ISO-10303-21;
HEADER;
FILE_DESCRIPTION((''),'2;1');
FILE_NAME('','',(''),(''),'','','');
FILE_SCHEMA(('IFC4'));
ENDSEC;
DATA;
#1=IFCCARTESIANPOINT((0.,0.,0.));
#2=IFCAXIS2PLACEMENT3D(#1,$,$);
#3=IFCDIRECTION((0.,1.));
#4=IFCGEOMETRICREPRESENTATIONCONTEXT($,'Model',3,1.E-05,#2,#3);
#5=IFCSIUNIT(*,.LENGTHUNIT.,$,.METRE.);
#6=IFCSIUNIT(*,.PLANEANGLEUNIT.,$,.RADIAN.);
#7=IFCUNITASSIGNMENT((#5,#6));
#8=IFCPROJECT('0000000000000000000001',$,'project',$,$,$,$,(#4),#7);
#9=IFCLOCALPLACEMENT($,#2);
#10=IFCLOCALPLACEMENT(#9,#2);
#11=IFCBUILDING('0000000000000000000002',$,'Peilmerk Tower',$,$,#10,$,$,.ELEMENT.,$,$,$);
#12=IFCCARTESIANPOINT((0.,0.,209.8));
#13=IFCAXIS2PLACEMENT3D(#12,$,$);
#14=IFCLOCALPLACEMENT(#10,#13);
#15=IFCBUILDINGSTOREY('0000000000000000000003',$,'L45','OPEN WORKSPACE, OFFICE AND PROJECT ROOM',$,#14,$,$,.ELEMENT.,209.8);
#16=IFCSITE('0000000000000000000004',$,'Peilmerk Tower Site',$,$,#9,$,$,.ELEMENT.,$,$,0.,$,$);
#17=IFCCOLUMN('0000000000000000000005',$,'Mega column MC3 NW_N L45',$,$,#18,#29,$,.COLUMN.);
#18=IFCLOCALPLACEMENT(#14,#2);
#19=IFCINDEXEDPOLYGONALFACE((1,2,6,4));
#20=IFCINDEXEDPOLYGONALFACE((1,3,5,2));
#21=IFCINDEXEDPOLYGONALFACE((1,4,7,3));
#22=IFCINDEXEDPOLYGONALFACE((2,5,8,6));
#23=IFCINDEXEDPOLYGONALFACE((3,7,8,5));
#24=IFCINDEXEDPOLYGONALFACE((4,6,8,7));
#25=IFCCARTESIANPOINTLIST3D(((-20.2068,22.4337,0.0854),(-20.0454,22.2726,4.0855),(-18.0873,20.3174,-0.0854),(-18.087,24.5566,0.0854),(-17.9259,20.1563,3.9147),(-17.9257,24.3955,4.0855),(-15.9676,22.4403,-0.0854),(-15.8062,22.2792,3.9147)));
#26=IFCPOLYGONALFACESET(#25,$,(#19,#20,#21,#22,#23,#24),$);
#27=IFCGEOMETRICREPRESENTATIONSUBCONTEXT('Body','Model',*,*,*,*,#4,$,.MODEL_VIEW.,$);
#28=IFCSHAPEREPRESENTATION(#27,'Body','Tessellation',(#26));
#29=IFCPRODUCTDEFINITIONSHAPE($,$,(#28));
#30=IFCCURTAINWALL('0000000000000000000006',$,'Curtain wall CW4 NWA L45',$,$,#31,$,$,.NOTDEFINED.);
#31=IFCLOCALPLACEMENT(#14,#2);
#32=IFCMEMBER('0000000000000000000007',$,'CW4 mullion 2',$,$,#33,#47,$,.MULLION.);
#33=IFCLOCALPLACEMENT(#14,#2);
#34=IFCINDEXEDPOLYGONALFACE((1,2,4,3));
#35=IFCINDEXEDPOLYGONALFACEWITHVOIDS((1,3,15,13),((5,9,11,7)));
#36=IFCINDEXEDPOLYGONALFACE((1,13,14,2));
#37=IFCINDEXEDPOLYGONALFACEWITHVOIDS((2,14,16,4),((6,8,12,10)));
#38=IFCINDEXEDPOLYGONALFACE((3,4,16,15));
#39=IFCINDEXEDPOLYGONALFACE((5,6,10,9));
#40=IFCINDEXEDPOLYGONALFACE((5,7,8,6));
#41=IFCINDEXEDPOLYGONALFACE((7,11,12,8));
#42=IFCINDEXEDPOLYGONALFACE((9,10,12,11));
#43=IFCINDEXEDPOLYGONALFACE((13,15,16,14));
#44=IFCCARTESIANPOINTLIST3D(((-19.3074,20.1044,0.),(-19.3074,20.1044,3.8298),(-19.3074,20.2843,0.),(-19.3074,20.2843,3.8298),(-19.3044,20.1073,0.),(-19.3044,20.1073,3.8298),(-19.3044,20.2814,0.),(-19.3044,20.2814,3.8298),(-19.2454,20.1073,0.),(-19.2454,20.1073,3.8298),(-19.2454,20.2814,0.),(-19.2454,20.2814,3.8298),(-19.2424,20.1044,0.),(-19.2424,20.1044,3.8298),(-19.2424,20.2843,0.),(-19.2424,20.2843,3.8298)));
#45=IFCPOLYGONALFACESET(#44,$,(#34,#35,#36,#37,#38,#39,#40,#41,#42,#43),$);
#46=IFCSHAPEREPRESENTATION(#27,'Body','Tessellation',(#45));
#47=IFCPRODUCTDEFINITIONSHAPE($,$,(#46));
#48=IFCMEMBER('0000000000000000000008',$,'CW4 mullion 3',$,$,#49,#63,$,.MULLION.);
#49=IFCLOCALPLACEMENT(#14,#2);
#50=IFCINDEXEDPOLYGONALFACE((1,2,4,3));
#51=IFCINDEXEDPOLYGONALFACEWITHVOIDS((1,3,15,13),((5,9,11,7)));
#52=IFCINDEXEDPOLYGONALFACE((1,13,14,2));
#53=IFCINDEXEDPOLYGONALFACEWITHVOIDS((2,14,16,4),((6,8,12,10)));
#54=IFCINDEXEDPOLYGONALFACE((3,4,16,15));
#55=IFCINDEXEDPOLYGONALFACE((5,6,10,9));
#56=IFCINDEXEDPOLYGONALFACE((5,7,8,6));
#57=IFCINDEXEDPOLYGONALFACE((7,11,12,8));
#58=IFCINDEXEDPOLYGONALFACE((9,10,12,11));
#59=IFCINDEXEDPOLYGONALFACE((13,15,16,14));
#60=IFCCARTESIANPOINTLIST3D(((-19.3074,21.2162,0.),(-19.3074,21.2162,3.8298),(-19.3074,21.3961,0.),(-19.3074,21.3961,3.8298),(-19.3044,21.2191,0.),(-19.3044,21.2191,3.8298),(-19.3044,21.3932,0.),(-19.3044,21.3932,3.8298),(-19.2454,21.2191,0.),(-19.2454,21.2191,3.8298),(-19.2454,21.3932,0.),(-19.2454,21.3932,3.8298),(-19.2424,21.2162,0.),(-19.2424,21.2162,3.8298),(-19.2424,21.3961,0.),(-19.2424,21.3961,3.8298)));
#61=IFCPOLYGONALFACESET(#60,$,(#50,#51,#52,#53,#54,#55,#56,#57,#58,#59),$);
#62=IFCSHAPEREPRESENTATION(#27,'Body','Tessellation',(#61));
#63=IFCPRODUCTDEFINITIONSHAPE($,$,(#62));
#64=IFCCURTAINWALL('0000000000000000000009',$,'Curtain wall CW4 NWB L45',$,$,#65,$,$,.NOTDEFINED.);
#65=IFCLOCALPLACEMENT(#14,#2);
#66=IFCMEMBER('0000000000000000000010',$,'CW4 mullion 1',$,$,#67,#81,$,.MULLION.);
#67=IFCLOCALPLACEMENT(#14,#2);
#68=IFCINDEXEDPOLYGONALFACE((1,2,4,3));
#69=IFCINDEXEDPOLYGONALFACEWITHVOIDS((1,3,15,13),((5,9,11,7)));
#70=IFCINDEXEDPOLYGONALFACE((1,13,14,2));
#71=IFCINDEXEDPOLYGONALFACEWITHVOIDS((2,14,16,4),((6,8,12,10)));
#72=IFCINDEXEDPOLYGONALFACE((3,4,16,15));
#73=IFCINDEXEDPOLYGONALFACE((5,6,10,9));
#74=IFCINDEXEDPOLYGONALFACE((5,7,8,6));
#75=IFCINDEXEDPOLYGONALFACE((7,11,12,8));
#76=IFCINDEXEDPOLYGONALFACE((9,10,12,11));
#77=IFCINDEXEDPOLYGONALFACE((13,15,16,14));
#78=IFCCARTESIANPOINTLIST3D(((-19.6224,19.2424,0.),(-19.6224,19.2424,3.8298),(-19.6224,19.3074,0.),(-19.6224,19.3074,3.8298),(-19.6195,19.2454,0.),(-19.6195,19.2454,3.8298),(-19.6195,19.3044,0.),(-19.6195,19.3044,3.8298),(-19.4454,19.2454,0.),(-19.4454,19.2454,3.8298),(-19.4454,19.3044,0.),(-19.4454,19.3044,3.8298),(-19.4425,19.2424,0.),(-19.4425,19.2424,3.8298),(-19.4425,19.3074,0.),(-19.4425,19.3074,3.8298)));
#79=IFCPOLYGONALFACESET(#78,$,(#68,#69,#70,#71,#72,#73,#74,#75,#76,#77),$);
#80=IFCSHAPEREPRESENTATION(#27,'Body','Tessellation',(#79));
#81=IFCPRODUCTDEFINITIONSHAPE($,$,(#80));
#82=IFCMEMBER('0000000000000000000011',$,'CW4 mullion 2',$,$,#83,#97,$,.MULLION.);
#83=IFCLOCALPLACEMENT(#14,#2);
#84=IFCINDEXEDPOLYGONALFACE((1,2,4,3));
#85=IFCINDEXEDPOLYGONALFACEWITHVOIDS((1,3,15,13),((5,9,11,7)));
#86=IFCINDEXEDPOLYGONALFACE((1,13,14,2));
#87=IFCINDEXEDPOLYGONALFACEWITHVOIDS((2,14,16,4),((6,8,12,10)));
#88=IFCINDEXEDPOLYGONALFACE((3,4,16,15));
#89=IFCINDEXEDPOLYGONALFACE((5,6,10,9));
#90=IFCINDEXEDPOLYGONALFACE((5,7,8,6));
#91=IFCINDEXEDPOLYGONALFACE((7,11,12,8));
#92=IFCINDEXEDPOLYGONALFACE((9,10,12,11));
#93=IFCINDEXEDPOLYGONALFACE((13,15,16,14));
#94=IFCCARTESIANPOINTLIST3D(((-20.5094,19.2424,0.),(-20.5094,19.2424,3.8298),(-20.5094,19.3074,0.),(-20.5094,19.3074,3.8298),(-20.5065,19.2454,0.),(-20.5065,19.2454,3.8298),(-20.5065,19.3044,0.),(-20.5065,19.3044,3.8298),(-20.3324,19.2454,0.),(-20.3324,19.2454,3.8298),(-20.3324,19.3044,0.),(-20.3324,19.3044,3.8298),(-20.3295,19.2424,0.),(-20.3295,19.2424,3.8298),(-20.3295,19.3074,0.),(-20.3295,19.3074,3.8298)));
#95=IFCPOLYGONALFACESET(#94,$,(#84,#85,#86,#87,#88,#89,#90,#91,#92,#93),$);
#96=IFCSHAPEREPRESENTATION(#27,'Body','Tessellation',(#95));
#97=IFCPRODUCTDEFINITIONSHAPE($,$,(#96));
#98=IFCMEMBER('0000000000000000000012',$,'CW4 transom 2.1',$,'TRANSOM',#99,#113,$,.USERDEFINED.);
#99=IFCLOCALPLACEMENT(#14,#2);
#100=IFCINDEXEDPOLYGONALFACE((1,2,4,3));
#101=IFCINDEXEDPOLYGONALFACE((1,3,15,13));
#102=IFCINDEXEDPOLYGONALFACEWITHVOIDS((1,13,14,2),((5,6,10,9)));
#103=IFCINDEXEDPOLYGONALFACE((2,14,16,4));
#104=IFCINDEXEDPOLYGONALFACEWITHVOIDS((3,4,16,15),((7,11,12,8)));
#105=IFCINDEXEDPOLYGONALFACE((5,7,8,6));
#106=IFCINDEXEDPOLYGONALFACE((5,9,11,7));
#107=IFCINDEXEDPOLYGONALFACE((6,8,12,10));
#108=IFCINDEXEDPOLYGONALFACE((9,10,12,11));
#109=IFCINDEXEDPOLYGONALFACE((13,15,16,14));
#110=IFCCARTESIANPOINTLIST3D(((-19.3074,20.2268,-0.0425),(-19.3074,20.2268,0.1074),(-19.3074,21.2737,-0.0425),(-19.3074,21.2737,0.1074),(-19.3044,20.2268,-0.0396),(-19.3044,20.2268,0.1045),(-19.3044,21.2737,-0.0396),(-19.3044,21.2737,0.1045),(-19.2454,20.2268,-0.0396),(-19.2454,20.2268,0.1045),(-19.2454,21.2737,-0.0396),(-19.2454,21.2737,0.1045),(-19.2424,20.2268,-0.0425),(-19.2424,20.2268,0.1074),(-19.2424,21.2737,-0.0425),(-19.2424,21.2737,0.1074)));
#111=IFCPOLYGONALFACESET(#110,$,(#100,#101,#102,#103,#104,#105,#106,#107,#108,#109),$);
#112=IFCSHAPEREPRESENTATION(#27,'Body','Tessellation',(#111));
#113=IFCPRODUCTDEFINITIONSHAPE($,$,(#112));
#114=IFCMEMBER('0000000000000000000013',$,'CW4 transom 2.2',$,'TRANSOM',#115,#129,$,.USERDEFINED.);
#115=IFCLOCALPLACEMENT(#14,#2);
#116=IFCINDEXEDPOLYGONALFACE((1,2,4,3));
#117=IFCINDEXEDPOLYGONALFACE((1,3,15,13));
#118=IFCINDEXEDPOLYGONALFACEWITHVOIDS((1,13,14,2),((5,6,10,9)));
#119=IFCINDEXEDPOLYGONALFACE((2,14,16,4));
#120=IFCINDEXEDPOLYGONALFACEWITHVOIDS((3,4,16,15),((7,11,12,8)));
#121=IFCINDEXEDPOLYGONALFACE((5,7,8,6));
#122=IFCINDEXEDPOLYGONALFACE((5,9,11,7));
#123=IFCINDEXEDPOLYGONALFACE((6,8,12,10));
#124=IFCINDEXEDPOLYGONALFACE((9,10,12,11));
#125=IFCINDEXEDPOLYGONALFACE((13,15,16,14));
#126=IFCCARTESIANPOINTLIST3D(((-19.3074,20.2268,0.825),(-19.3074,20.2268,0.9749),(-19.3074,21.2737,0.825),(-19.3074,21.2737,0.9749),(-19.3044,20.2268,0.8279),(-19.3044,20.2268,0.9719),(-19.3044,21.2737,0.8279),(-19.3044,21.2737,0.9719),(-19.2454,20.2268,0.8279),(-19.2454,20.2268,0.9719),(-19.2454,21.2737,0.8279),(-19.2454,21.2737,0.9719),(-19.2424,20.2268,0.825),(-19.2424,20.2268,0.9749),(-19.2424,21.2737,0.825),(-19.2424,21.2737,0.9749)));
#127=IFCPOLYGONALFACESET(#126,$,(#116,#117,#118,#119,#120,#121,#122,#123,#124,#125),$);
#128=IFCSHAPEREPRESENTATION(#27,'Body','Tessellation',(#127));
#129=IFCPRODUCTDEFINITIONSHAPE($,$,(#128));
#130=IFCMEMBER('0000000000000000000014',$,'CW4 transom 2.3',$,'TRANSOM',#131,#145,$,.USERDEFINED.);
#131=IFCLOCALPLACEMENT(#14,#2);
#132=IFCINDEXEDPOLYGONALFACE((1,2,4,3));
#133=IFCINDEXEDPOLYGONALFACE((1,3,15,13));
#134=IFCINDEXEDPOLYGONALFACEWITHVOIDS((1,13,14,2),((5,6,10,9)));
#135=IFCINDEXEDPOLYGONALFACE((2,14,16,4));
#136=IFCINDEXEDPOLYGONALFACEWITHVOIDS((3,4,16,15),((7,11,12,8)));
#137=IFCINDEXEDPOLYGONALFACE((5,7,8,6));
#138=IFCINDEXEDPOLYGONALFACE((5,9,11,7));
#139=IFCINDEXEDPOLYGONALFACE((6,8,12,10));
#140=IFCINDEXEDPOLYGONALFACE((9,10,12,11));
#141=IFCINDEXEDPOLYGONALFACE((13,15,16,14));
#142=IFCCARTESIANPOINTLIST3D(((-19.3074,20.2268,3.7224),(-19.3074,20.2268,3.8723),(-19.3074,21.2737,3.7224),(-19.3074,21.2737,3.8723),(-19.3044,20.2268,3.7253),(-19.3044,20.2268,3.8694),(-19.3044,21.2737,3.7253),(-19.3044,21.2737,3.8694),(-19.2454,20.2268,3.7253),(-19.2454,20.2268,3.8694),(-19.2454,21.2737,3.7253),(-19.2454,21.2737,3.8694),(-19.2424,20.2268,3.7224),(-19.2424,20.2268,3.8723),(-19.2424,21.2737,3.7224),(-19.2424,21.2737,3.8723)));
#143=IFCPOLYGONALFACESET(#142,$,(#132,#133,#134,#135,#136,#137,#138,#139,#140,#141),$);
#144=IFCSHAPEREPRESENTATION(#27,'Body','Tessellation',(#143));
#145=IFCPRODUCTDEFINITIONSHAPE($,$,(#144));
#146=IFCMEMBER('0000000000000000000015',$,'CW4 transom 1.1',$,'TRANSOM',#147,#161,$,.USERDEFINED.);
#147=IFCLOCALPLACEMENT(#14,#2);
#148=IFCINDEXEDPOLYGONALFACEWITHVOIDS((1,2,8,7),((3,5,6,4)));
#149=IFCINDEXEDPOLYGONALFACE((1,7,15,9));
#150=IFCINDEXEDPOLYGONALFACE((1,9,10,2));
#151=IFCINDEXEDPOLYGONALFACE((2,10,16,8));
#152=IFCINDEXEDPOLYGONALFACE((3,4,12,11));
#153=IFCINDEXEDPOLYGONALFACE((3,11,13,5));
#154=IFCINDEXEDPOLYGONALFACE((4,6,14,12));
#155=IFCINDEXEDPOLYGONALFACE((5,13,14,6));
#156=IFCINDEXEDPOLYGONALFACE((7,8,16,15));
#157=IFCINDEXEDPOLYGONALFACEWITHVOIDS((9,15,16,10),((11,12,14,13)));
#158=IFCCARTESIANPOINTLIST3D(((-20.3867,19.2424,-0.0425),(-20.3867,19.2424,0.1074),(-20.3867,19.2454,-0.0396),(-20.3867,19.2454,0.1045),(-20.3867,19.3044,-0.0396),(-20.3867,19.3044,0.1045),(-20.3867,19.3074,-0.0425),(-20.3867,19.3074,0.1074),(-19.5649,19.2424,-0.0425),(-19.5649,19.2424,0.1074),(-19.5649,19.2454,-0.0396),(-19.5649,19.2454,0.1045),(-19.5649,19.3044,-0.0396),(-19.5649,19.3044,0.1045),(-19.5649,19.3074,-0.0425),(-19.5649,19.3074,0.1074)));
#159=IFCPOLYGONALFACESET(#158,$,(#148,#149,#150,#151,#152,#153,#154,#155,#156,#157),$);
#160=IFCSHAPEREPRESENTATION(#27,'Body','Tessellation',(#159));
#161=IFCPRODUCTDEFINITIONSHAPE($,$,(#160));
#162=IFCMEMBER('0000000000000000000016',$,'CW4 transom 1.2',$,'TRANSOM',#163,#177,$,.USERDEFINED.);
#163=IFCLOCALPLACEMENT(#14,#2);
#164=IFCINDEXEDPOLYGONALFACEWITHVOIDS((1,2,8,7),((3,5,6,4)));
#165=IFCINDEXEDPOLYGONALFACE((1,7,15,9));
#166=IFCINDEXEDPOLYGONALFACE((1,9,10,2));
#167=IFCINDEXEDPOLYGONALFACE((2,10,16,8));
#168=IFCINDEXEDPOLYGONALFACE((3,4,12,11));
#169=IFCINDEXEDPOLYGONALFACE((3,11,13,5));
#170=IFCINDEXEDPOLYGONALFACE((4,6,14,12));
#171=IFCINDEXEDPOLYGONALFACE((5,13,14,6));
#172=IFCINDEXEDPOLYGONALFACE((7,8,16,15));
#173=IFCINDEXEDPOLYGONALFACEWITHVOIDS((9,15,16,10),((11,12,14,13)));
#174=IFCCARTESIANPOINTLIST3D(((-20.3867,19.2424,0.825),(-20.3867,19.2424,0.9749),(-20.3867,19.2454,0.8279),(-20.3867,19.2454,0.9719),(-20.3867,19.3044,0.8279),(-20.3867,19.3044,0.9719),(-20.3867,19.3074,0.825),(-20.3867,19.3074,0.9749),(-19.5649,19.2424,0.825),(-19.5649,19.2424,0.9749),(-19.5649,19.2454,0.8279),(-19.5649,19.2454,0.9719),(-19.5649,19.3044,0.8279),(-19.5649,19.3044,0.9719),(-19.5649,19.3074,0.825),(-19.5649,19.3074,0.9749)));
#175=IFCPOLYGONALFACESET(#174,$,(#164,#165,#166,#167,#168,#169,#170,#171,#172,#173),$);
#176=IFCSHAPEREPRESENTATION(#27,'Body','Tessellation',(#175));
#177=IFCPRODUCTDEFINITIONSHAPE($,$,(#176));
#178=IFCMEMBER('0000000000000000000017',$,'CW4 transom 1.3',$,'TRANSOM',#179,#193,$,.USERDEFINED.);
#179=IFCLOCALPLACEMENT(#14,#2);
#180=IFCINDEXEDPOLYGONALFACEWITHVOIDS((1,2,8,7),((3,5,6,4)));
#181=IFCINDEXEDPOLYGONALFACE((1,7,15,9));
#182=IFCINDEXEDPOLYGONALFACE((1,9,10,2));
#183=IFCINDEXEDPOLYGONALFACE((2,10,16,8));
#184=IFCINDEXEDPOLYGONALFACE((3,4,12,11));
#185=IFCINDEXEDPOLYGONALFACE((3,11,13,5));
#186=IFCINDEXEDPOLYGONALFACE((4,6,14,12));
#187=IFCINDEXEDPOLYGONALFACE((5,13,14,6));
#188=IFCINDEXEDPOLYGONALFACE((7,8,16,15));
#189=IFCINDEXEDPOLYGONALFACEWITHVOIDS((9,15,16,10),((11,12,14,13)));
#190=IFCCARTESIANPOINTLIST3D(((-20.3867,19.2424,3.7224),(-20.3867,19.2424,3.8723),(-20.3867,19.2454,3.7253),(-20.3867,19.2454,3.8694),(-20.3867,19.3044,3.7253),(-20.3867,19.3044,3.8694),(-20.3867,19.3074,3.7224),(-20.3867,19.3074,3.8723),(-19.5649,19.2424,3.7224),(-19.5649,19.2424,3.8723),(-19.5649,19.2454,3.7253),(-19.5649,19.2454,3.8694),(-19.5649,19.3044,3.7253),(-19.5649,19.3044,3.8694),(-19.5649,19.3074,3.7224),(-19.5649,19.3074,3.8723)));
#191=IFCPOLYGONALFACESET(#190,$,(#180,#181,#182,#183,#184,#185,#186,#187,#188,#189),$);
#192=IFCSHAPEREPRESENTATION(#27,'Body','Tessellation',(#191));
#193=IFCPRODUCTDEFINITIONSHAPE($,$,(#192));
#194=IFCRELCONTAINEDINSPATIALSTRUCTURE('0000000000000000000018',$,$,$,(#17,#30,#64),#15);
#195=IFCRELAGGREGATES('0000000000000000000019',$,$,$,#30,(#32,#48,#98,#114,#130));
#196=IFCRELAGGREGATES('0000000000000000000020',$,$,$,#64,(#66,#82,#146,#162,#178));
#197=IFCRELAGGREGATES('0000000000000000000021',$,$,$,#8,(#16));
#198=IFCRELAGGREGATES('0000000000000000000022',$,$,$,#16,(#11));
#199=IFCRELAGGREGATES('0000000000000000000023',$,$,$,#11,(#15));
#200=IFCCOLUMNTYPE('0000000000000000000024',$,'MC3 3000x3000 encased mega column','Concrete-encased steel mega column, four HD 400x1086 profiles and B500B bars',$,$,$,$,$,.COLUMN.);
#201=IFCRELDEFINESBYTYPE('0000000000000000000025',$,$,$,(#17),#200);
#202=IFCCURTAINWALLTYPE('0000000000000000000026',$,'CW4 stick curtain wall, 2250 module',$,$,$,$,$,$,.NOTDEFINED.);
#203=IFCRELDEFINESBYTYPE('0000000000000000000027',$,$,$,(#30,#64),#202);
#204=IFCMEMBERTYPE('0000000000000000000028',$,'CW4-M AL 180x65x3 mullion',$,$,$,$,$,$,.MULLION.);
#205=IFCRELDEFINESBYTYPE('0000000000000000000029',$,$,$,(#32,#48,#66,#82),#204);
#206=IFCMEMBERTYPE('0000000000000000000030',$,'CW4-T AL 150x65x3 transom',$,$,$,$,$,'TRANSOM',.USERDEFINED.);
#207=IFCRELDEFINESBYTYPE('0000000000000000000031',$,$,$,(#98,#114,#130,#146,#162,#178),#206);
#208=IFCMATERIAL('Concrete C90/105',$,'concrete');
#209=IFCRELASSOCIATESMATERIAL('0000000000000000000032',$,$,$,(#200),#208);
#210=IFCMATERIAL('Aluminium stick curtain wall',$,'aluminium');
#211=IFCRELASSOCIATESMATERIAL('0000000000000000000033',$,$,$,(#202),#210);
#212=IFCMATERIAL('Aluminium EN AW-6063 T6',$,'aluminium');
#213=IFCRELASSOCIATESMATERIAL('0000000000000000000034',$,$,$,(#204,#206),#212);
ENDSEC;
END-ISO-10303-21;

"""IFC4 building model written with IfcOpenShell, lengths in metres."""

from ifc_helpers import new_model, si_unit, direction, frame, origin, origin_2d, place, context, subcontext, project, spatial, rectangle, hollow_rectangle, extrude, material, material_profile, profile_set, type_object, element, aggregate, save


model = new_model("IFC4")

# Units and contexts
model_context = context("Model", 3, precision=1e-05, world=origin(), true_north=direction((0.0, 1.0)))
body_context = subcontext(model_context, "Body", "Model", "MODEL_VIEW")
ifc_project = project(units=[si_unit("LENGTHUNIT", "METRE"), si_unit("PLANEANGLEUNIT", "RADIAN")], contexts=[model_context])

# Site, building, storey
site_placement = place(None, origin())
site = spatial("IfcSite", under=ifc_project, at=site_placement, Name="Peilmerk Tower Site", CompositionType="ELEMENT", RefElevation=0.0)
building_placement = place(site_placement, origin())
building = spatial("IfcBuilding", under=site, at=building_placement, Name="Peilmerk Tower", CompositionType="ELEMENT")
storey_placement = place(building_placement, frame((0.0, 0.0, 209.8)))
storey = spatial("IfcBuildingStorey", under=building, at=storey_placement, Name="L45", Description="OPEN WORKSPACE, OFFICE AND PROJECT ROOM", CompositionType="ELEMENT", Elevation=209.8)

# Column
ifc_material_1 = material(Name="Concrete C90/105", Category="concrete")
ifc_material_profile_1 = material_profile(ifc_material_1, rectangle(XDim=3.0, YDim=3.0, at=origin_2d()), Name="RC 3000x3000")
ifc_profile_set_1 = profile_set([ifc_material_profile_1], Name="Concrete C90/105")
column_type = type_object("IfcColumnType", Name="MC3 3000x3000 encased mega column", Description="Concrete-encased steel mega column, four HD 400x1086 profiles and B500B bars", PredefinedType="COLUMN", material=ifc_profile_set_1)
column_placement = place(storey_placement, frame((-18.0872, 22.437, 0.0), z_axis=(0.040279, -0.040218, 0.998379), x_axis=(0.706571, 0.707642, 0.0)))
element("IfcColumn", 1, at=column_placement, inside=storey, type_object=column_type, Name="Mega column MC3 NW_N L45", PredefinedType="COLUMN", context=body_context, shape_type="SweptSolid", body=[
    extrude(rectangle(XDim=3.0, YDim=3.0, at=origin_2d()), origin(), (0.0, 0.0, 1.0), 4.0066),
])

# Curtain walls, members
ifc_material_2 = material(Name="Aluminium stick curtain wall", Category="aluminium")
curtain_wall_type = type_object("IfcCurtainWallType", Name="CW4 stick curtain wall, 2250 module", PredefinedType="NOTDEFINED", material=ifc_material_2)
curtain_wall_1_placement = place(storey_placement, origin())
curtain_wall_1 = element("IfcCurtainWall", 2, at=curtain_wall_1_placement, inside=storey, type_object=curtain_wall_type, Name="Curtain wall CW4 NWA L45", PredefinedType="NOTDEFINED")
ifc_material_3 = material(Name="Aluminium EN AW-6063 T6", Category="aluminium")
ifc_material_profile_2 = material_profile(ifc_material_3, hollow_rectangle(XDim=0.0649, YDim=0.1799, WallThickness=0.0029, at=origin_2d()), Name="AL 180x65x3")
ifc_profile_set_2 = profile_set([ifc_material_profile_2], Name="Aluminium EN AW-6063 T6")
member_type_1 = type_object("IfcMemberType", Name="CW4-M AL 180x65x3 mullion", PredefinedType="MULLION", material=ifc_profile_set_2)
member_1_placement = place(storey_placement, frame((-19.2749, 20.1943, 0.0), z_axis=(0.0, 0.0, 1.0), x_axis=(-1.0, 0.0, 0.0)))
member_1 = element("IfcMember", 3, at=member_1_placement, type_object=member_type_1, Name="CW4 mullion 2", PredefinedType="MULLION", context=body_context, shape_type="SweptSolid", body=[
    extrude(hollow_rectangle(XDim=0.0649, YDim=0.1799, WallThickness=0.0029, at=origin_2d()), origin(), (0.0, 0.0, 1.0), 3.8298),
])
member_2_placement = place(storey_placement, frame((-19.2749, 21.3062, 0.0), z_axis=(0.0, 0.0, 1.0), x_axis=(-1.0, 0.0, 0.0)))
member_2 = element("IfcMember", 4, at=member_2_placement, type_object=member_type_1, Name="CW4 mullion 3", PredefinedType="MULLION", context=body_context, shape_type="SweptSolid", body=[
    extrude(hollow_rectangle(XDim=0.0649, YDim=0.1799, WallThickness=0.0029, at=origin_2d()), origin(), (0.0, 0.0, 1.0), 3.8298),
])
curtain_wall_2_placement = place(storey_placement, origin())
curtain_wall_2 = element("IfcCurtainWall", 5, at=curtain_wall_2_placement, inside=storey, type_object=curtain_wall_type, Name="Curtain wall CW4 NWB L45", PredefinedType="NOTDEFINED")
member_3_placement = place(storey_placement, frame((-19.5325, 19.2749, 0.0), z_axis=(0.0, 0.0, 1.0), x_axis=(0.0, -1.0, 0.0)))
member_3 = element("IfcMember", 6, at=member_3_placement, type_object=member_type_1, Name="CW4 mullion 1", PredefinedType="MULLION", context=body_context, shape_type="SweptSolid", body=[
    extrude(hollow_rectangle(XDim=0.0649, YDim=0.1799, WallThickness=0.0029, at=origin_2d()), origin(), (0.0, 0.0, 1.0), 3.8298),
])
member_4_placement = place(storey_placement, frame((-20.4194, 19.2749, 0.0), z_axis=(0.0, 0.0, 1.0), x_axis=(0.0, -1.0, 0.0)))
member_4 = element("IfcMember", 7, at=member_4_placement, type_object=member_type_1, Name="CW4 mullion 2", PredefinedType="MULLION", context=body_context, shape_type="SweptSolid", body=[
    extrude(hollow_rectangle(XDim=0.0649, YDim=0.1799, WallThickness=0.0029, at=origin_2d()), origin(), (0.0, 0.0, 1.0), 3.8298),
])

# Members
ifc_material_profile_3 = material_profile(ifc_material_3, hollow_rectangle(XDim=0.0649, YDim=0.1499, WallThickness=0.0029, at=origin_2d()), Name="AL 150x65x3")
ifc_profile_set_3 = profile_set([ifc_material_profile_3], Name="Aluminium EN AW-6063 T6")
member_type_2 = type_object("IfcMemberType", Name="CW4-T AL 150x65x3 transom", ElementType="TRANSOM", PredefinedType="USERDEFINED", material=ifc_profile_set_3)
member_5_placement = place(storey_placement, frame((-19.2749, 20.2268, 0.0325), z_axis=(0.0, 1.0, 0.0), x_axis=(-1.0, 0.0, 0.0)))
member_5 = element("IfcMember", 8, at=member_5_placement, type_object=member_type_2, Name="CW4 transom 2.1", ObjectType="TRANSOM", PredefinedType="USERDEFINED", context=body_context, shape_type="SweptSolid", body=[
    extrude(hollow_rectangle(XDim=0.0649, YDim=0.1499, WallThickness=0.0029, at=origin_2d()), origin(), (0.0, 0.0, 1.0), 1.0469),
])
member_6_placement = place(storey_placement, frame((-19.2749, 20.2268, 0.8999), z_axis=(0.0, 1.0, 0.0), x_axis=(-1.0, 0.0, 0.0)))
member_6 = element("IfcMember", 9, at=member_6_placement, type_object=member_type_2, Name="CW4 transom 2.2", ObjectType="TRANSOM", PredefinedType="USERDEFINED", context=body_context, shape_type="SweptSolid", body=[
    extrude(hollow_rectangle(XDim=0.0649, YDim=0.1499, WallThickness=0.0029, at=origin_2d()), origin(), (0.0, 0.0, 1.0), 1.0469),
])
member_7_placement = place(storey_placement, frame((-19.2749, 20.2268, 3.7974), z_axis=(0.0, 1.0, 0.0), x_axis=(-1.0, 0.0, 0.0)))
member_7 = element("IfcMember", 10, at=member_7_placement, type_object=member_type_2, Name="CW4 transom 2.3", ObjectType="TRANSOM", PredefinedType="USERDEFINED", context=body_context, shape_type="SweptSolid", body=[
    extrude(hollow_rectangle(XDim=0.0649, YDim=0.1499, WallThickness=0.0029, at=origin_2d()), origin(), (0.0, 0.0, 1.0), 1.0469),
])
member_8_placement = place(storey_placement, frame((-19.5649, 19.2749, 0.0325), z_axis=(-1.0, 0.0, 0.0), x_axis=(0.0, -1.0, 0.0)))
member_8 = element("IfcMember", 11, at=member_8_placement, type_object=member_type_2, Name="CW4 transom 1.1", ObjectType="TRANSOM", PredefinedType="USERDEFINED", context=body_context, shape_type="SweptSolid", body=[
    extrude(hollow_rectangle(XDim=0.0649, YDim=0.1499, WallThickness=0.0029, at=origin_2d()), origin(), (0.0, 0.0, 1.0), 0.8218),
])
member_9_placement = place(storey_placement, frame((-19.5649, 19.2749, 0.8999), z_axis=(-1.0, 0.0, 0.0), x_axis=(0.0, -1.0, 0.0)))
member_9 = element("IfcMember", 12, at=member_9_placement, type_object=member_type_2, Name="CW4 transom 1.2", ObjectType="TRANSOM", PredefinedType="USERDEFINED", context=body_context, shape_type="SweptSolid", body=[
    extrude(hollow_rectangle(XDim=0.0649, YDim=0.1499, WallThickness=0.0029, at=origin_2d()), origin(), (0.0, 0.0, 1.0), 0.8218),
])
member_10_placement = place(storey_placement, frame((-19.5649, 19.2749, 3.7974), z_axis=(-1.0, 0.0, 0.0), x_axis=(0.0, -1.0, 0.0)))
member_10 = element("IfcMember", 13, at=member_10_placement, type_object=member_type_2, Name="CW4 transom 1.3", ObjectType="TRANSOM", PredefinedType="USERDEFINED", context=body_context, shape_type="SweptSolid", body=[
    extrude(hollow_rectangle(XDim=0.0649, YDim=0.1499, WallThickness=0.0029, at=origin_2d()), origin(), (0.0, 0.0, 1.0), 0.8218),
])

aggregate(curtain_wall_1, [member_1, member_2, member_5, member_6, member_7])
aggregate(curtain_wall_2, [member_3, member_4, member_8, member_9, member_10])

save(model, "model.ifc")
